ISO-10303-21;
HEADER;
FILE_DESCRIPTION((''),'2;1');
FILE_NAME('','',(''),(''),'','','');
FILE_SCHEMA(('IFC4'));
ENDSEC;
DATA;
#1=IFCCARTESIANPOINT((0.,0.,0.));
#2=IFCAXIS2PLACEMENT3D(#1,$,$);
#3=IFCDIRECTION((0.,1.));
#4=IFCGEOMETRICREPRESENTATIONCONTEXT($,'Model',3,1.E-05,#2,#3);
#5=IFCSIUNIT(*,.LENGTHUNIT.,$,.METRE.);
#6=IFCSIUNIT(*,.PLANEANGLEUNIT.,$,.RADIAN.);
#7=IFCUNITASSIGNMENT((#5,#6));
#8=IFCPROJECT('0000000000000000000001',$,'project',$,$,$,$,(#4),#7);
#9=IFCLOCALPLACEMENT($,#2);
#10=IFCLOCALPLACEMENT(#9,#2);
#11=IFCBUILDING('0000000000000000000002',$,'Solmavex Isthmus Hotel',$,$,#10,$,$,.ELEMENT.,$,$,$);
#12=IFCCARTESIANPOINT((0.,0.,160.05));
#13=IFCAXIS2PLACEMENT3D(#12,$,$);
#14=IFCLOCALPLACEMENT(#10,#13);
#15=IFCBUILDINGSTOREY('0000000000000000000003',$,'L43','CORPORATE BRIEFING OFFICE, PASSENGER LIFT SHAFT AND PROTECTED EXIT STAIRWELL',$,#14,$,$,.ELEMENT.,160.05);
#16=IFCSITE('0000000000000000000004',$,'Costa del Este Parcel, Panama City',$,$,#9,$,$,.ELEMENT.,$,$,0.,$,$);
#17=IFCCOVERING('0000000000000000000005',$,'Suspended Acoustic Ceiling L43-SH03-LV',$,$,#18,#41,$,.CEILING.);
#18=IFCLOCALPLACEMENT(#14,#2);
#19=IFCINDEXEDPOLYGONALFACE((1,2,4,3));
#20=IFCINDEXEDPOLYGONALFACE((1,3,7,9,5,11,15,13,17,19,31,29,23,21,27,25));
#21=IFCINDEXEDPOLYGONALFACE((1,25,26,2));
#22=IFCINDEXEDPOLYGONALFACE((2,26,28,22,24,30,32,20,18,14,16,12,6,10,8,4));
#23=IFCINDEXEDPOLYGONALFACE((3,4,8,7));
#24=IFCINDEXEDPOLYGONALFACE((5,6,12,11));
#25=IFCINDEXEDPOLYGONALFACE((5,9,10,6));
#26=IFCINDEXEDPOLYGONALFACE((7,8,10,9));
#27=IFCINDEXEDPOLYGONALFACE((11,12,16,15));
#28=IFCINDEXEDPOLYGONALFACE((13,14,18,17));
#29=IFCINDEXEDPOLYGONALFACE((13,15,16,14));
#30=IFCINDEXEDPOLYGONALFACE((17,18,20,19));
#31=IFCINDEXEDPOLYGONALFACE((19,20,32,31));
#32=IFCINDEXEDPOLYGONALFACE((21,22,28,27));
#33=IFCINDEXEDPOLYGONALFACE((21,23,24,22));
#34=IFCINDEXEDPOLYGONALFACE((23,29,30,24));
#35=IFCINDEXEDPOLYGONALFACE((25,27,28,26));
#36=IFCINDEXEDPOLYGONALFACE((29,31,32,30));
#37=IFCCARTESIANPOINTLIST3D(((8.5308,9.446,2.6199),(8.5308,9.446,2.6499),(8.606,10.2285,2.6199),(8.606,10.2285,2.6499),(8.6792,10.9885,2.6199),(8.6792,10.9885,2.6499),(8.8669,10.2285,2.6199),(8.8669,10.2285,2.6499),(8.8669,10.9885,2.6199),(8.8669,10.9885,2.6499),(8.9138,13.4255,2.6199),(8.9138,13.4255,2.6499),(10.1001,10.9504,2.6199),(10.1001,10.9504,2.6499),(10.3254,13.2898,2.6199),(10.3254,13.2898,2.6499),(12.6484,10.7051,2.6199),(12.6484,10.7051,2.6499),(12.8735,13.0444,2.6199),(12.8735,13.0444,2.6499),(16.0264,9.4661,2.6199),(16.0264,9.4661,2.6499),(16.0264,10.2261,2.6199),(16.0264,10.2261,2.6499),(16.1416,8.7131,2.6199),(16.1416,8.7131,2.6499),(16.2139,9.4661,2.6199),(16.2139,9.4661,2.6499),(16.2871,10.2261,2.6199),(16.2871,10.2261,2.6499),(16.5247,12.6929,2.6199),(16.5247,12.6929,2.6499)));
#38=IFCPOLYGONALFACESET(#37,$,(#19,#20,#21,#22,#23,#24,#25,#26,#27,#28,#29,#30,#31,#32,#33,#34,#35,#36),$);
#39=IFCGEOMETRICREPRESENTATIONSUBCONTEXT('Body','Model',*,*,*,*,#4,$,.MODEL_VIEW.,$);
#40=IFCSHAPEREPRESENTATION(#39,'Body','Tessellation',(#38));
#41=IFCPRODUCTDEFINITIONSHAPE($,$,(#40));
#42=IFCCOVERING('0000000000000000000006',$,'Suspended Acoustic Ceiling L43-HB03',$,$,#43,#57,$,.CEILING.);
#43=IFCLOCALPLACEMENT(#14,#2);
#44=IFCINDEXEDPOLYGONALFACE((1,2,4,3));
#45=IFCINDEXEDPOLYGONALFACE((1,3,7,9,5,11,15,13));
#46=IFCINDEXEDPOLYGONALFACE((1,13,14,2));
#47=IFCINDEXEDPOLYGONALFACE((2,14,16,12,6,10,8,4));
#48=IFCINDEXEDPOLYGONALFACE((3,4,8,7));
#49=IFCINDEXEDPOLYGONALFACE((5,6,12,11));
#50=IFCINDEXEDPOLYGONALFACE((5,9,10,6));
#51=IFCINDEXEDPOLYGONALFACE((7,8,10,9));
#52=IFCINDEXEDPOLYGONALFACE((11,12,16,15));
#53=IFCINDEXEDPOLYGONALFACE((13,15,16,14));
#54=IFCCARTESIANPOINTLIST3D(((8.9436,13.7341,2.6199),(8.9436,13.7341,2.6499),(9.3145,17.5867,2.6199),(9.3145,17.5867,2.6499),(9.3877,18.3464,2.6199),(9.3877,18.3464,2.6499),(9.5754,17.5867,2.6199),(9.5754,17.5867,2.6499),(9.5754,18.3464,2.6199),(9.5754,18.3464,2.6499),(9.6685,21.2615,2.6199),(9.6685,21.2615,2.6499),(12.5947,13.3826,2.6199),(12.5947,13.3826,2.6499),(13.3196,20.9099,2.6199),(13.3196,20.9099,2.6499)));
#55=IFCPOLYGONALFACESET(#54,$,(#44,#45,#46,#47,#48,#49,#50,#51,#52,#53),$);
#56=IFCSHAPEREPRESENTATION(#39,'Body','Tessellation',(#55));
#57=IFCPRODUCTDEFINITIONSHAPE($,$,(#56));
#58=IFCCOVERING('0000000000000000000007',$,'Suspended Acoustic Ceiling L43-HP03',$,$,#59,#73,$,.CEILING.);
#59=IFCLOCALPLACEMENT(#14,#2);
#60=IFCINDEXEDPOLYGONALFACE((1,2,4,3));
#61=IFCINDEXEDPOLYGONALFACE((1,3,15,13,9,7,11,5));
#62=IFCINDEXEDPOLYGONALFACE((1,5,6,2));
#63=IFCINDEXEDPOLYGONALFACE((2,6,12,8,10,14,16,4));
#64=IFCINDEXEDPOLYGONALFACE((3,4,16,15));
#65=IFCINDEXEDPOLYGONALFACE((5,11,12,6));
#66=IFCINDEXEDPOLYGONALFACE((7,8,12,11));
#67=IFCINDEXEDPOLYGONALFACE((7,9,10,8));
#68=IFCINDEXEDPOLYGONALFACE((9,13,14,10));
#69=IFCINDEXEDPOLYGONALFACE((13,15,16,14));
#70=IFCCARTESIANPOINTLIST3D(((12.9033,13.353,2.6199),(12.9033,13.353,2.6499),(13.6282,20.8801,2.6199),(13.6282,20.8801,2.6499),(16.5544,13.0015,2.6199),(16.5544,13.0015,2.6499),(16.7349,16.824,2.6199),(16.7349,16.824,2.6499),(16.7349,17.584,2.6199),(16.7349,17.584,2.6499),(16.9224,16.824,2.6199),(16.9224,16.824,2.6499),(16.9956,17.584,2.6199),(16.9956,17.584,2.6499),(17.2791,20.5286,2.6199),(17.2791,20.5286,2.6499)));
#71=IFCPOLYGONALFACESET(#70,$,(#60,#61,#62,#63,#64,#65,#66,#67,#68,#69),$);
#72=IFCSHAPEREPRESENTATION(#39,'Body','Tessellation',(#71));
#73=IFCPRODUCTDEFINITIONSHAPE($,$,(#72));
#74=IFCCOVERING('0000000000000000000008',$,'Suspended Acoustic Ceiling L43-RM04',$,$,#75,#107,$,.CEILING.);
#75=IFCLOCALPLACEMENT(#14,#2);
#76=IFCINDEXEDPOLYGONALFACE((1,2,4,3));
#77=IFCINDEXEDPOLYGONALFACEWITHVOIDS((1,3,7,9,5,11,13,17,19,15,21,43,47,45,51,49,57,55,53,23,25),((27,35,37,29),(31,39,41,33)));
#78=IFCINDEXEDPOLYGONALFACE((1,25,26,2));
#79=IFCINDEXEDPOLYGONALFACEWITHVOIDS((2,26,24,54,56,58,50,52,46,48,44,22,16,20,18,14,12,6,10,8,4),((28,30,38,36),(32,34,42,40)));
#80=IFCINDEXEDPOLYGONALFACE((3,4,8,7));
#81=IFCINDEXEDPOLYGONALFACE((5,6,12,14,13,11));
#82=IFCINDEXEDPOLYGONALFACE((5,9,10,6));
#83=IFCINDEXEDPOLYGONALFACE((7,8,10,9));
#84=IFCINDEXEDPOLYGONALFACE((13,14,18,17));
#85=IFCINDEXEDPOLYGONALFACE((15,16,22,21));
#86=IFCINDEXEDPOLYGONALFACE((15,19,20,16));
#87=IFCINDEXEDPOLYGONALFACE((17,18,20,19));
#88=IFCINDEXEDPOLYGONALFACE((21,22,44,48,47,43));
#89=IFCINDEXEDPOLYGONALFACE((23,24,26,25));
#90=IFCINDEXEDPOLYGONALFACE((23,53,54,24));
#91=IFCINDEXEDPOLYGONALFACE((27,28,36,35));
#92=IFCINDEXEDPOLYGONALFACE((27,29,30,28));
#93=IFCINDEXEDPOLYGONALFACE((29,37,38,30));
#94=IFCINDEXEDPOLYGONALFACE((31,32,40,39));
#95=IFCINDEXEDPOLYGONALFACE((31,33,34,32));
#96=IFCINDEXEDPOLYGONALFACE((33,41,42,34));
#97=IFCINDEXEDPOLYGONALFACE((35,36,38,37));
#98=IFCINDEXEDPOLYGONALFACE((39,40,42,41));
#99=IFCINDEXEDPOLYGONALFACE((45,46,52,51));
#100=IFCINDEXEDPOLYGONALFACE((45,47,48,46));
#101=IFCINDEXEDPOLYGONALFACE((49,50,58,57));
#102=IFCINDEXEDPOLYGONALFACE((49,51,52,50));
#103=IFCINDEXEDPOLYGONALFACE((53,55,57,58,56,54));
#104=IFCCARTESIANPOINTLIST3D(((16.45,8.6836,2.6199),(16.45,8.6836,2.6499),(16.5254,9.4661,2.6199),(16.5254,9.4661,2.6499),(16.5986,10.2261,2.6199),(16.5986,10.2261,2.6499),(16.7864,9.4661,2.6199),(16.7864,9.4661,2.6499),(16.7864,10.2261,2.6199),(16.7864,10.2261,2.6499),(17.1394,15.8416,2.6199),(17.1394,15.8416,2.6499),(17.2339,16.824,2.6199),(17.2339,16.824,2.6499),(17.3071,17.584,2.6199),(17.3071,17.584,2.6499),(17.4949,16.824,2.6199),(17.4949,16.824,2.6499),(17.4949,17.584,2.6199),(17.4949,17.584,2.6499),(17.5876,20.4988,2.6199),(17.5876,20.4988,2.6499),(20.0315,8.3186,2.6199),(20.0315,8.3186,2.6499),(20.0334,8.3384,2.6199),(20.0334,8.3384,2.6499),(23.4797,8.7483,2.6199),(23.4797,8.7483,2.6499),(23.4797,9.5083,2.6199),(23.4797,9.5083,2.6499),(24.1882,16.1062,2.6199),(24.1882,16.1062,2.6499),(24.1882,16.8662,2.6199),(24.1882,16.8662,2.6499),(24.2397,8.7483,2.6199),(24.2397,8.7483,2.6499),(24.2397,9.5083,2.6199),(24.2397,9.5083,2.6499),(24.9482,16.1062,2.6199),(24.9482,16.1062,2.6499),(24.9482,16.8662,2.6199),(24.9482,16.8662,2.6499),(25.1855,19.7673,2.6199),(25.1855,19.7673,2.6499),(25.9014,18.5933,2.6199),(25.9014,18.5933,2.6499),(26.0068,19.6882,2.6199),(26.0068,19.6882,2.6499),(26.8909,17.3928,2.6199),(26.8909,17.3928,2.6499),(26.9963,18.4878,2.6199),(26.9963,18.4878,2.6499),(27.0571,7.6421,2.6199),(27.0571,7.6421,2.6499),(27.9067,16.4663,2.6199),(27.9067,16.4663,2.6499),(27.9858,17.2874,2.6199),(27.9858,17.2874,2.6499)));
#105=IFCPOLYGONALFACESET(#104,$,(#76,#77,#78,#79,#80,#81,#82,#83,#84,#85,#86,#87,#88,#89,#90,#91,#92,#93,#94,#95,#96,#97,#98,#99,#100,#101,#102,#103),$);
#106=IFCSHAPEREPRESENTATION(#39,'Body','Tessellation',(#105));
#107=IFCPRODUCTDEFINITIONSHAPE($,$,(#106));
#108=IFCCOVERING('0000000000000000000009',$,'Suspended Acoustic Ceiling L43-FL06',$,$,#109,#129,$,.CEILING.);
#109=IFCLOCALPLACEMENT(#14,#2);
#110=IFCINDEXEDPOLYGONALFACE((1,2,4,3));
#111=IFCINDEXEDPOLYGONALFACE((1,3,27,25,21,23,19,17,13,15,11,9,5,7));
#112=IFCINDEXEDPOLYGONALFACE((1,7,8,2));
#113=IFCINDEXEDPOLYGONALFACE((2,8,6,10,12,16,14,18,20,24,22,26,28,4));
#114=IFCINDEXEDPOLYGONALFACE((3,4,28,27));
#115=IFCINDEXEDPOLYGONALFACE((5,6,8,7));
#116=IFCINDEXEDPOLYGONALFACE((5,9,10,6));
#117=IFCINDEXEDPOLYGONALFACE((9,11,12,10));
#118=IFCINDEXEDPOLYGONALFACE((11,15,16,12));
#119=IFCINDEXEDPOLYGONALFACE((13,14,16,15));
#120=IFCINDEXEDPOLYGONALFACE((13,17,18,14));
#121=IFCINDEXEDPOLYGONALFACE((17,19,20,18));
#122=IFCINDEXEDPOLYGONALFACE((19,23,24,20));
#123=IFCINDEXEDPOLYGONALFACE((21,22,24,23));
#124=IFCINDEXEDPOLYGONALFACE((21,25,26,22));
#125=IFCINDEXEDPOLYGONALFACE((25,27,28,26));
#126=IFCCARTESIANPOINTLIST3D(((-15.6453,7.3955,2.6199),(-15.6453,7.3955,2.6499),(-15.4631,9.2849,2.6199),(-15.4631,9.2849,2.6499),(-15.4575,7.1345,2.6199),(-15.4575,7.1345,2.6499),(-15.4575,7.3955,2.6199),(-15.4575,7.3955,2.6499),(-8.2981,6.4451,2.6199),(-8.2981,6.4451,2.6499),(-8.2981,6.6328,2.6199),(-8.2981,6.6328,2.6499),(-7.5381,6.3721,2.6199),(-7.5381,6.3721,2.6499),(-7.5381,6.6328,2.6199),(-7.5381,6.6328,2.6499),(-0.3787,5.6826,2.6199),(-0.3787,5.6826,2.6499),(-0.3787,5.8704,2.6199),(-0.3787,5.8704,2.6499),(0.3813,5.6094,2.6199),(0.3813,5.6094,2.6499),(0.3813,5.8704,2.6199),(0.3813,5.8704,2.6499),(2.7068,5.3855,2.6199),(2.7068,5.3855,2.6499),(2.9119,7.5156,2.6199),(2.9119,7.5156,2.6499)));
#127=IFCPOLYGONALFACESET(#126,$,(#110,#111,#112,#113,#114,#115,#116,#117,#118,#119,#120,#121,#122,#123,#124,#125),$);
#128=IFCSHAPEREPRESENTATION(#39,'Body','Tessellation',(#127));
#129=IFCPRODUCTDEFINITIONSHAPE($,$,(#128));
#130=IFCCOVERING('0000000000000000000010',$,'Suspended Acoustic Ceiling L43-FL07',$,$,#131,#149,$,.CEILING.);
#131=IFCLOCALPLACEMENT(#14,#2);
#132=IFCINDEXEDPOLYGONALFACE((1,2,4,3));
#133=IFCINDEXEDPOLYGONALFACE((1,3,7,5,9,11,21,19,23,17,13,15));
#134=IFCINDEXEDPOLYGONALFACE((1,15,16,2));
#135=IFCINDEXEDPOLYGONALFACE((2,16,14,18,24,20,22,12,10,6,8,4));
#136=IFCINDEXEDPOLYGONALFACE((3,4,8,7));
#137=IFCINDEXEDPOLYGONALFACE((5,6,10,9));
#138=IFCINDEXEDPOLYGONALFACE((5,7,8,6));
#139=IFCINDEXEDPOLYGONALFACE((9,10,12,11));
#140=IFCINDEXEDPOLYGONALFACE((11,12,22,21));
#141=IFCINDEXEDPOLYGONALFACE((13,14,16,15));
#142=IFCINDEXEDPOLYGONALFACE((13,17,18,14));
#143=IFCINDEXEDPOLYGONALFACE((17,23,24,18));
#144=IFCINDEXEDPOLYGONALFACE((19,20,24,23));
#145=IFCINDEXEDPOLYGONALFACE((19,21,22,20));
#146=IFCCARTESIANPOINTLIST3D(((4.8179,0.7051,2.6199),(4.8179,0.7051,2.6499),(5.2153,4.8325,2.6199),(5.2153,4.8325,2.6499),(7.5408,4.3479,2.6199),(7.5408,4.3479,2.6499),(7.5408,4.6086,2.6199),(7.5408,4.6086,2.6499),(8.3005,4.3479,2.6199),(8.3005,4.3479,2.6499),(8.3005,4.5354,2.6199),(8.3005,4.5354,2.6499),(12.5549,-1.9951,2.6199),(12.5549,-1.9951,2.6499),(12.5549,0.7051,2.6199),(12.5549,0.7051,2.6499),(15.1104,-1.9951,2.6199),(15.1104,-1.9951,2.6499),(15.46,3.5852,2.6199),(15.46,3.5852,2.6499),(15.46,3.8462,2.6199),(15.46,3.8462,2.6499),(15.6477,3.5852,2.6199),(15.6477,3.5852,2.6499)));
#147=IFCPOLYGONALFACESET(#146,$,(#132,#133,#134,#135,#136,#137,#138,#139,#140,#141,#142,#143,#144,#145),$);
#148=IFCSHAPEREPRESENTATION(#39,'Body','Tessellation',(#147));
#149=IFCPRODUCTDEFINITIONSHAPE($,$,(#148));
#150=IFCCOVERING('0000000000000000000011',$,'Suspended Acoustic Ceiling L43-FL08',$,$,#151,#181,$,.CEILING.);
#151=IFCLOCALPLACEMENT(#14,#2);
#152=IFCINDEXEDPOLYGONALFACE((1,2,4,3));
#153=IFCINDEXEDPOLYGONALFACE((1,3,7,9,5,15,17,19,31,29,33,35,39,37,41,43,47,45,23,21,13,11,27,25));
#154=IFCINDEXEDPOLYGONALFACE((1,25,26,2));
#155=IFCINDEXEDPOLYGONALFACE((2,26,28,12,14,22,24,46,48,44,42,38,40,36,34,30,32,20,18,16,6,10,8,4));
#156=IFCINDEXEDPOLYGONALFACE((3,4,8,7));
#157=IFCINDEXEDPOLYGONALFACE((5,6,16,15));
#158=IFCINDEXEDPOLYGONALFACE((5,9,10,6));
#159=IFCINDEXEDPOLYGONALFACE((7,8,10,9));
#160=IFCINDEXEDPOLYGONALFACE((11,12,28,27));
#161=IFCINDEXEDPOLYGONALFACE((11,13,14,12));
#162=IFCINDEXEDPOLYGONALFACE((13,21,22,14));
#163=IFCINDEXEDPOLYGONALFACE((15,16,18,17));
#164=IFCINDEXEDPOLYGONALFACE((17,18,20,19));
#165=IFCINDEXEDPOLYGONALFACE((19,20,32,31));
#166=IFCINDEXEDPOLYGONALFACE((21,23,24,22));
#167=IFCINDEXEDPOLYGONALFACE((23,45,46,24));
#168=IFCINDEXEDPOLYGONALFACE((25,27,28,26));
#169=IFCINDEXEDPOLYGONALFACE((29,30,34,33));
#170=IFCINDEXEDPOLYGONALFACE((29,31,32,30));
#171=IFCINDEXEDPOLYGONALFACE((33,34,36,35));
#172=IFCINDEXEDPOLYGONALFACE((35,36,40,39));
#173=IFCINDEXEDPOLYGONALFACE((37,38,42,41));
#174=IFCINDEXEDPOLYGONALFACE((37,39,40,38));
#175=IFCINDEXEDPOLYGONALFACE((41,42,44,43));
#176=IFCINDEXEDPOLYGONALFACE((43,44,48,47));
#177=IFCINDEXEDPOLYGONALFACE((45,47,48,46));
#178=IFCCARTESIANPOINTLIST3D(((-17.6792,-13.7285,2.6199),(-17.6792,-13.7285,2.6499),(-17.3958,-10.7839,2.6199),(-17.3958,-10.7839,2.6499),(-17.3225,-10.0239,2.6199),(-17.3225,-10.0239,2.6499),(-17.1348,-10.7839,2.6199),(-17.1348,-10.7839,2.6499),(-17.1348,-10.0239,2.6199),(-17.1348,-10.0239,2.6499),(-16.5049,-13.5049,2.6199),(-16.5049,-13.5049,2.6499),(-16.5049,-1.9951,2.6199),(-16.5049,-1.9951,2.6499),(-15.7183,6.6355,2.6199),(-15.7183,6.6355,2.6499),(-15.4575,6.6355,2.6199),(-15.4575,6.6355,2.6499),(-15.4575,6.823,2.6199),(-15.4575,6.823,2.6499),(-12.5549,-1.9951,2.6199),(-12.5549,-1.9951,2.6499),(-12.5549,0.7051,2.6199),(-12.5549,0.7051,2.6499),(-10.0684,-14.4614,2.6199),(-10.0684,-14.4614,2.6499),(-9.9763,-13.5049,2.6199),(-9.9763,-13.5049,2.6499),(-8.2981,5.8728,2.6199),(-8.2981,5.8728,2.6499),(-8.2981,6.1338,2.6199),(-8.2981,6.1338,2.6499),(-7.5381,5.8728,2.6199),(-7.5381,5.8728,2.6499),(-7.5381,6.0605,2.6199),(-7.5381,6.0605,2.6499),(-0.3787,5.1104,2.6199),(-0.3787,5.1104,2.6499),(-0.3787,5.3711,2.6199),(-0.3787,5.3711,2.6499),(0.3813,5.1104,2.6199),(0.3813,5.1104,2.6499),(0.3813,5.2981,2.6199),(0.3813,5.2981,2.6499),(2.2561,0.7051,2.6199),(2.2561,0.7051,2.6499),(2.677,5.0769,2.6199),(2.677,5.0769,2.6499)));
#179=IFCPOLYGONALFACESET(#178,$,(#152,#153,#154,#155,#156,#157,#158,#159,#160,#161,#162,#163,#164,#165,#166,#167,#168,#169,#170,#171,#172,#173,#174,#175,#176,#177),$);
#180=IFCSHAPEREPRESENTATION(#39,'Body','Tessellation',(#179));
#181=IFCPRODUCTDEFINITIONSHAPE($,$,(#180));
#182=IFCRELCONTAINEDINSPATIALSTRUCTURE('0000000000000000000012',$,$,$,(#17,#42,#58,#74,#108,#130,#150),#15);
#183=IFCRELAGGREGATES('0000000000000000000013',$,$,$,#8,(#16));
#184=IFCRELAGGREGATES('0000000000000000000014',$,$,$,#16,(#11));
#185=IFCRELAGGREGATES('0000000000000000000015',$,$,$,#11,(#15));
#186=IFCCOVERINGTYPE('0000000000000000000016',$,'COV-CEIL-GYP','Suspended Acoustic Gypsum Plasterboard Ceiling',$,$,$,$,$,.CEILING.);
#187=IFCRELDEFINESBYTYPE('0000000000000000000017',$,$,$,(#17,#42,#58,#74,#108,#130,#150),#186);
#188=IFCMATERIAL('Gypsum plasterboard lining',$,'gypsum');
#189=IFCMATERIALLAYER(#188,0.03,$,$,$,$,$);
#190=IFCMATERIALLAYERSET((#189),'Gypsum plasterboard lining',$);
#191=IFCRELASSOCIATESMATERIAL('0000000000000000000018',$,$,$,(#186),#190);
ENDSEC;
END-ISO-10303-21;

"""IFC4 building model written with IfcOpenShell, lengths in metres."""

from ifc_helpers import new_model, si_unit, direction, frame, origin, place, context, subcontext, project, spatial, polyline, outline, extrude, material, layer, layer_set, type_object, element, save


model = new_model("IFC4")

# Units and contexts
model_context = context("Model", 3, precision=1e-05, world=origin(), true_north=direction((0.0, 1.0)))
body_context = subcontext(model_context, "Body", "Model", "MODEL_VIEW")
ifc_project = project(units=[si_unit("LENGTHUNIT", "METRE"), si_unit("PLANEANGLEUNIT", "RADIAN")], contexts=[model_context])

# Site, building, storey
site_placement = place(None, origin())
site = spatial("IfcSite", under=ifc_project, at=site_placement, Name="Costa del Este Parcel, Panama City", CompositionType="ELEMENT", RefElevation=0.0)
building_placement = place(site_placement, origin())
building = spatial("IfcBuilding", under=site, at=building_placement, Name="Solmavex Isthmus Hotel", CompositionType="ELEMENT")
storey_placement = place(building_placement, frame((0.0, 0.0, 160.05)))
storey = spatial("IfcBuildingStorey", under=building, at=storey_placement, Name="L43", Description="CORPORATE BRIEFING OFFICE, PASSENGER LIFT SHAFT AND PROTECTED EXIT STAIRWELL", CompositionType="ELEMENT", Elevation=160.05)

# Shared definitions
ifc_material_1 = material(Name="Gypsum plasterboard lining", Category="gypsum")

# Coverings
ifc_layer_1 = layer(ifc_material_1, 0.03)
ifc_layer_set_1 = layer_set([ifc_layer_1], Name="Gypsum plasterboard lining")
covering_type_1 = type_object("IfcCoveringType", Name="COV-CEIL-GYP", Description="Suspended Acoustic Gypsum Plasterboard Ceiling", PredefinedType="CEILING", material=ifc_layer_set_1)
covering_1_placement = place(storey_placement, frame((0.0, 0.0, 2.6199)))
element("IfcCovering", 1, at=covering_1_placement, inside=storey, type_object=covering_type_1, Name="Suspended Acoustic Ceiling L43-SH03-LV", PredefinedType="CEILING", context=body_context, shape_type="SweptSolid", body=[
    extrude(outline(polyline([(12.8735, 13.0444), (12.6484, 10.7051), (10.1001, 10.9504), (10.3254, 13.2898), (8.9138, 13.4255), (8.6792, 10.9885), (8.8669, 10.9885), (8.8669, 10.2285), (8.606, 10.2285), (8.5308, 9.446), (16.1416, 8.7131), (16.2139, 9.4661), (16.0264, 9.4661), (16.0264, 10.2261), (16.2871, 10.2261), (16.5247, 12.6929), (12.8735, 13.0444)])), origin(), (0.0, 0.0, 1.0), 0.03),
])
covering_2_placement = place(storey_placement, frame((0.0, 0.0, 2.6199)))
element("IfcCovering", 2, at=covering_2_placement, inside=storey, type_object=covering_type_1, Name="Suspended Acoustic Ceiling L43-HB03", PredefinedType="CEILING", context=body_context, shape_type="SweptSolid", body=[
    extrude(outline(polyline([(9.3877, 18.3464), (9.5754, 18.3464), (9.5754, 17.5867), (9.3145, 17.5867), (8.9436, 13.7341), (12.5947, 13.3826), (13.3196, 20.9099), (9.6685, 21.2615), (9.3877, 18.3464)])), origin(), (0.0, 0.0, 1.0), 0.03),
])
covering_3_placement = place(storey_placement, frame((0.0, 0.0, 2.6199)))
element("IfcCovering", 3, at=covering_3_placement, inside=storey, type_object=covering_type_1, Name="Suspended Acoustic Ceiling L43-HP03", PredefinedType="CEILING", context=body_context, shape_type="SweptSolid", body=[
    extrude(outline(polyline([(16.9224, 16.824), (16.7349, 16.824), (16.7349, 17.584), (16.9956, 17.584), (17.2791, 20.5286), (13.6282, 20.8801), (12.9033, 13.353), (16.5544, 13.0015), (16.9224, 16.824)])), origin(), (0.0, 0.0, 1.0), 0.03),
])
covering_4_placement = place(storey_placement, frame((0.0, 0.0, 2.6199)))
element("IfcCovering", 4, at=covering_4_placement, inside=storey, type_object=covering_type_1, Name="Suspended Acoustic Ceiling L43-RM04", PredefinedType="CEILING", context=body_context, shape_type="SweptSolid", body=[
    extrude(outline(polyline([(17.3071, 17.584), (17.4949, 17.584), (17.4949, 16.824), (17.2339, 16.824), (17.1394, 15.8416), (16.5986, 10.2261), (16.7864, 10.2261), (16.7864, 9.4661), (16.5254, 9.4661), (16.45, 8.6836), (20.0334, 8.3384), (20.0315, 8.3186), (27.0571, 7.6421), (27.9067, 16.4663), (27.9858, 17.2874), (26.8909, 17.3928), (26.9963, 18.4878), (25.9014, 18.5933), (26.0068, 19.6882), (25.1855, 19.7673), (17.5876, 20.4988), (17.3071, 17.584)]), holes=[polyline([(24.1882, 16.1062), (24.1882, 16.8662), (24.9482, 16.8662), (24.9482, 16.1062), (24.1882, 16.1062)]), polyline([(23.4797, 8.7483), (23.4797, 9.5083), (24.2397, 9.5083), (24.2397, 8.7483), (23.4797, 8.7483)])]), origin(), (0.0, 0.0, 1.0), 0.03),
])
covering_5_placement = place(storey_placement, frame((0.0, 0.0, 2.6199)))
element("IfcCovering", 5, at=covering_5_placement, inside=storey, type_object=covering_type_1, Name="Suspended Acoustic Ceiling L43-FL06", PredefinedType="CEILING", context=body_context, shape_type="SweptSolid", body=[
    extrude(outline(polyline([(-0.3787, 5.6826), (-0.3787, 5.8704), (0.3813, 5.8704), (0.3813, 5.6094), (2.7068, 5.3855), (2.9119, 7.5156), (-15.4631, 9.2849), (-15.6453, 7.3955), (-15.4575, 7.3955), (-15.4575, 7.1345), (-8.2981, 6.4451), (-8.2981, 6.6328), (-7.5381, 6.6328), (-7.5381, 6.3721), (-0.3787, 5.6826)])), origin(), (0.0, 0.0, 1.0), 0.03),
])
covering_6_placement = place(storey_placement, frame((0.0, 0.0, 2.6199)))
element("IfcCovering", 6, at=covering_6_placement, inside=storey, type_object=covering_type_1, Name="Suspended Acoustic Ceiling L43-FL07", PredefinedType="CEILING", context=body_context, shape_type="SweptSolid", body=[
    extrude(outline(polyline([(8.3005, 4.5354), (8.3005, 4.3479), (7.5408, 4.3479), (7.5408, 4.6086), (5.2153, 4.8325), (4.8179, 0.7051), (12.5549, 0.7051), (12.5549, -1.9951), (15.1104, -1.9951), (15.6477, 3.5852), (15.46, 3.5852), (15.46, 3.8462), (8.3005, 4.5354)])), origin(), (0.0, 0.0, 1.0), 0.03),
])
covering_7_placement = place(storey_placement, frame((0.0, 0.0, 2.6199)))
element("IfcCovering", 7, at=covering_7_placement, inside=storey, type_object=covering_type_1, Name="Suspended Acoustic Ceiling L43-FL08", PredefinedType="CEILING", context=body_context, shape_type="SweptSolid", body=[
    extrude(outline(polyline([(-17.3225, -10.0239), (-17.1348, -10.0239), (-17.1348, -10.7839), (-17.3958, -10.7839), (-17.6792, -13.7285), (-10.0684, -14.4614), (-9.9763, -13.5049), (-16.5049, -13.5049), (-16.5049, -1.9951), (-12.5549, -1.9951), (-12.5549, 0.7051), (2.2561, 0.7051), (2.677, 5.0769), (0.3813, 5.2981), (0.3813, 5.1104), (-0.3787, 5.1104), (-0.3787, 5.3711), (-7.5381, 6.0605), (-7.5381, 5.8728), (-8.2981, 5.8728), (-8.2981, 6.1338), (-15.4575, 6.823), (-15.4575, 6.6355), (-15.7183, 6.6355), (-17.3225, -10.0239)])), origin(), (0.0, 0.0, 1.0), 0.03),
])

save(model, "model.ifc")
